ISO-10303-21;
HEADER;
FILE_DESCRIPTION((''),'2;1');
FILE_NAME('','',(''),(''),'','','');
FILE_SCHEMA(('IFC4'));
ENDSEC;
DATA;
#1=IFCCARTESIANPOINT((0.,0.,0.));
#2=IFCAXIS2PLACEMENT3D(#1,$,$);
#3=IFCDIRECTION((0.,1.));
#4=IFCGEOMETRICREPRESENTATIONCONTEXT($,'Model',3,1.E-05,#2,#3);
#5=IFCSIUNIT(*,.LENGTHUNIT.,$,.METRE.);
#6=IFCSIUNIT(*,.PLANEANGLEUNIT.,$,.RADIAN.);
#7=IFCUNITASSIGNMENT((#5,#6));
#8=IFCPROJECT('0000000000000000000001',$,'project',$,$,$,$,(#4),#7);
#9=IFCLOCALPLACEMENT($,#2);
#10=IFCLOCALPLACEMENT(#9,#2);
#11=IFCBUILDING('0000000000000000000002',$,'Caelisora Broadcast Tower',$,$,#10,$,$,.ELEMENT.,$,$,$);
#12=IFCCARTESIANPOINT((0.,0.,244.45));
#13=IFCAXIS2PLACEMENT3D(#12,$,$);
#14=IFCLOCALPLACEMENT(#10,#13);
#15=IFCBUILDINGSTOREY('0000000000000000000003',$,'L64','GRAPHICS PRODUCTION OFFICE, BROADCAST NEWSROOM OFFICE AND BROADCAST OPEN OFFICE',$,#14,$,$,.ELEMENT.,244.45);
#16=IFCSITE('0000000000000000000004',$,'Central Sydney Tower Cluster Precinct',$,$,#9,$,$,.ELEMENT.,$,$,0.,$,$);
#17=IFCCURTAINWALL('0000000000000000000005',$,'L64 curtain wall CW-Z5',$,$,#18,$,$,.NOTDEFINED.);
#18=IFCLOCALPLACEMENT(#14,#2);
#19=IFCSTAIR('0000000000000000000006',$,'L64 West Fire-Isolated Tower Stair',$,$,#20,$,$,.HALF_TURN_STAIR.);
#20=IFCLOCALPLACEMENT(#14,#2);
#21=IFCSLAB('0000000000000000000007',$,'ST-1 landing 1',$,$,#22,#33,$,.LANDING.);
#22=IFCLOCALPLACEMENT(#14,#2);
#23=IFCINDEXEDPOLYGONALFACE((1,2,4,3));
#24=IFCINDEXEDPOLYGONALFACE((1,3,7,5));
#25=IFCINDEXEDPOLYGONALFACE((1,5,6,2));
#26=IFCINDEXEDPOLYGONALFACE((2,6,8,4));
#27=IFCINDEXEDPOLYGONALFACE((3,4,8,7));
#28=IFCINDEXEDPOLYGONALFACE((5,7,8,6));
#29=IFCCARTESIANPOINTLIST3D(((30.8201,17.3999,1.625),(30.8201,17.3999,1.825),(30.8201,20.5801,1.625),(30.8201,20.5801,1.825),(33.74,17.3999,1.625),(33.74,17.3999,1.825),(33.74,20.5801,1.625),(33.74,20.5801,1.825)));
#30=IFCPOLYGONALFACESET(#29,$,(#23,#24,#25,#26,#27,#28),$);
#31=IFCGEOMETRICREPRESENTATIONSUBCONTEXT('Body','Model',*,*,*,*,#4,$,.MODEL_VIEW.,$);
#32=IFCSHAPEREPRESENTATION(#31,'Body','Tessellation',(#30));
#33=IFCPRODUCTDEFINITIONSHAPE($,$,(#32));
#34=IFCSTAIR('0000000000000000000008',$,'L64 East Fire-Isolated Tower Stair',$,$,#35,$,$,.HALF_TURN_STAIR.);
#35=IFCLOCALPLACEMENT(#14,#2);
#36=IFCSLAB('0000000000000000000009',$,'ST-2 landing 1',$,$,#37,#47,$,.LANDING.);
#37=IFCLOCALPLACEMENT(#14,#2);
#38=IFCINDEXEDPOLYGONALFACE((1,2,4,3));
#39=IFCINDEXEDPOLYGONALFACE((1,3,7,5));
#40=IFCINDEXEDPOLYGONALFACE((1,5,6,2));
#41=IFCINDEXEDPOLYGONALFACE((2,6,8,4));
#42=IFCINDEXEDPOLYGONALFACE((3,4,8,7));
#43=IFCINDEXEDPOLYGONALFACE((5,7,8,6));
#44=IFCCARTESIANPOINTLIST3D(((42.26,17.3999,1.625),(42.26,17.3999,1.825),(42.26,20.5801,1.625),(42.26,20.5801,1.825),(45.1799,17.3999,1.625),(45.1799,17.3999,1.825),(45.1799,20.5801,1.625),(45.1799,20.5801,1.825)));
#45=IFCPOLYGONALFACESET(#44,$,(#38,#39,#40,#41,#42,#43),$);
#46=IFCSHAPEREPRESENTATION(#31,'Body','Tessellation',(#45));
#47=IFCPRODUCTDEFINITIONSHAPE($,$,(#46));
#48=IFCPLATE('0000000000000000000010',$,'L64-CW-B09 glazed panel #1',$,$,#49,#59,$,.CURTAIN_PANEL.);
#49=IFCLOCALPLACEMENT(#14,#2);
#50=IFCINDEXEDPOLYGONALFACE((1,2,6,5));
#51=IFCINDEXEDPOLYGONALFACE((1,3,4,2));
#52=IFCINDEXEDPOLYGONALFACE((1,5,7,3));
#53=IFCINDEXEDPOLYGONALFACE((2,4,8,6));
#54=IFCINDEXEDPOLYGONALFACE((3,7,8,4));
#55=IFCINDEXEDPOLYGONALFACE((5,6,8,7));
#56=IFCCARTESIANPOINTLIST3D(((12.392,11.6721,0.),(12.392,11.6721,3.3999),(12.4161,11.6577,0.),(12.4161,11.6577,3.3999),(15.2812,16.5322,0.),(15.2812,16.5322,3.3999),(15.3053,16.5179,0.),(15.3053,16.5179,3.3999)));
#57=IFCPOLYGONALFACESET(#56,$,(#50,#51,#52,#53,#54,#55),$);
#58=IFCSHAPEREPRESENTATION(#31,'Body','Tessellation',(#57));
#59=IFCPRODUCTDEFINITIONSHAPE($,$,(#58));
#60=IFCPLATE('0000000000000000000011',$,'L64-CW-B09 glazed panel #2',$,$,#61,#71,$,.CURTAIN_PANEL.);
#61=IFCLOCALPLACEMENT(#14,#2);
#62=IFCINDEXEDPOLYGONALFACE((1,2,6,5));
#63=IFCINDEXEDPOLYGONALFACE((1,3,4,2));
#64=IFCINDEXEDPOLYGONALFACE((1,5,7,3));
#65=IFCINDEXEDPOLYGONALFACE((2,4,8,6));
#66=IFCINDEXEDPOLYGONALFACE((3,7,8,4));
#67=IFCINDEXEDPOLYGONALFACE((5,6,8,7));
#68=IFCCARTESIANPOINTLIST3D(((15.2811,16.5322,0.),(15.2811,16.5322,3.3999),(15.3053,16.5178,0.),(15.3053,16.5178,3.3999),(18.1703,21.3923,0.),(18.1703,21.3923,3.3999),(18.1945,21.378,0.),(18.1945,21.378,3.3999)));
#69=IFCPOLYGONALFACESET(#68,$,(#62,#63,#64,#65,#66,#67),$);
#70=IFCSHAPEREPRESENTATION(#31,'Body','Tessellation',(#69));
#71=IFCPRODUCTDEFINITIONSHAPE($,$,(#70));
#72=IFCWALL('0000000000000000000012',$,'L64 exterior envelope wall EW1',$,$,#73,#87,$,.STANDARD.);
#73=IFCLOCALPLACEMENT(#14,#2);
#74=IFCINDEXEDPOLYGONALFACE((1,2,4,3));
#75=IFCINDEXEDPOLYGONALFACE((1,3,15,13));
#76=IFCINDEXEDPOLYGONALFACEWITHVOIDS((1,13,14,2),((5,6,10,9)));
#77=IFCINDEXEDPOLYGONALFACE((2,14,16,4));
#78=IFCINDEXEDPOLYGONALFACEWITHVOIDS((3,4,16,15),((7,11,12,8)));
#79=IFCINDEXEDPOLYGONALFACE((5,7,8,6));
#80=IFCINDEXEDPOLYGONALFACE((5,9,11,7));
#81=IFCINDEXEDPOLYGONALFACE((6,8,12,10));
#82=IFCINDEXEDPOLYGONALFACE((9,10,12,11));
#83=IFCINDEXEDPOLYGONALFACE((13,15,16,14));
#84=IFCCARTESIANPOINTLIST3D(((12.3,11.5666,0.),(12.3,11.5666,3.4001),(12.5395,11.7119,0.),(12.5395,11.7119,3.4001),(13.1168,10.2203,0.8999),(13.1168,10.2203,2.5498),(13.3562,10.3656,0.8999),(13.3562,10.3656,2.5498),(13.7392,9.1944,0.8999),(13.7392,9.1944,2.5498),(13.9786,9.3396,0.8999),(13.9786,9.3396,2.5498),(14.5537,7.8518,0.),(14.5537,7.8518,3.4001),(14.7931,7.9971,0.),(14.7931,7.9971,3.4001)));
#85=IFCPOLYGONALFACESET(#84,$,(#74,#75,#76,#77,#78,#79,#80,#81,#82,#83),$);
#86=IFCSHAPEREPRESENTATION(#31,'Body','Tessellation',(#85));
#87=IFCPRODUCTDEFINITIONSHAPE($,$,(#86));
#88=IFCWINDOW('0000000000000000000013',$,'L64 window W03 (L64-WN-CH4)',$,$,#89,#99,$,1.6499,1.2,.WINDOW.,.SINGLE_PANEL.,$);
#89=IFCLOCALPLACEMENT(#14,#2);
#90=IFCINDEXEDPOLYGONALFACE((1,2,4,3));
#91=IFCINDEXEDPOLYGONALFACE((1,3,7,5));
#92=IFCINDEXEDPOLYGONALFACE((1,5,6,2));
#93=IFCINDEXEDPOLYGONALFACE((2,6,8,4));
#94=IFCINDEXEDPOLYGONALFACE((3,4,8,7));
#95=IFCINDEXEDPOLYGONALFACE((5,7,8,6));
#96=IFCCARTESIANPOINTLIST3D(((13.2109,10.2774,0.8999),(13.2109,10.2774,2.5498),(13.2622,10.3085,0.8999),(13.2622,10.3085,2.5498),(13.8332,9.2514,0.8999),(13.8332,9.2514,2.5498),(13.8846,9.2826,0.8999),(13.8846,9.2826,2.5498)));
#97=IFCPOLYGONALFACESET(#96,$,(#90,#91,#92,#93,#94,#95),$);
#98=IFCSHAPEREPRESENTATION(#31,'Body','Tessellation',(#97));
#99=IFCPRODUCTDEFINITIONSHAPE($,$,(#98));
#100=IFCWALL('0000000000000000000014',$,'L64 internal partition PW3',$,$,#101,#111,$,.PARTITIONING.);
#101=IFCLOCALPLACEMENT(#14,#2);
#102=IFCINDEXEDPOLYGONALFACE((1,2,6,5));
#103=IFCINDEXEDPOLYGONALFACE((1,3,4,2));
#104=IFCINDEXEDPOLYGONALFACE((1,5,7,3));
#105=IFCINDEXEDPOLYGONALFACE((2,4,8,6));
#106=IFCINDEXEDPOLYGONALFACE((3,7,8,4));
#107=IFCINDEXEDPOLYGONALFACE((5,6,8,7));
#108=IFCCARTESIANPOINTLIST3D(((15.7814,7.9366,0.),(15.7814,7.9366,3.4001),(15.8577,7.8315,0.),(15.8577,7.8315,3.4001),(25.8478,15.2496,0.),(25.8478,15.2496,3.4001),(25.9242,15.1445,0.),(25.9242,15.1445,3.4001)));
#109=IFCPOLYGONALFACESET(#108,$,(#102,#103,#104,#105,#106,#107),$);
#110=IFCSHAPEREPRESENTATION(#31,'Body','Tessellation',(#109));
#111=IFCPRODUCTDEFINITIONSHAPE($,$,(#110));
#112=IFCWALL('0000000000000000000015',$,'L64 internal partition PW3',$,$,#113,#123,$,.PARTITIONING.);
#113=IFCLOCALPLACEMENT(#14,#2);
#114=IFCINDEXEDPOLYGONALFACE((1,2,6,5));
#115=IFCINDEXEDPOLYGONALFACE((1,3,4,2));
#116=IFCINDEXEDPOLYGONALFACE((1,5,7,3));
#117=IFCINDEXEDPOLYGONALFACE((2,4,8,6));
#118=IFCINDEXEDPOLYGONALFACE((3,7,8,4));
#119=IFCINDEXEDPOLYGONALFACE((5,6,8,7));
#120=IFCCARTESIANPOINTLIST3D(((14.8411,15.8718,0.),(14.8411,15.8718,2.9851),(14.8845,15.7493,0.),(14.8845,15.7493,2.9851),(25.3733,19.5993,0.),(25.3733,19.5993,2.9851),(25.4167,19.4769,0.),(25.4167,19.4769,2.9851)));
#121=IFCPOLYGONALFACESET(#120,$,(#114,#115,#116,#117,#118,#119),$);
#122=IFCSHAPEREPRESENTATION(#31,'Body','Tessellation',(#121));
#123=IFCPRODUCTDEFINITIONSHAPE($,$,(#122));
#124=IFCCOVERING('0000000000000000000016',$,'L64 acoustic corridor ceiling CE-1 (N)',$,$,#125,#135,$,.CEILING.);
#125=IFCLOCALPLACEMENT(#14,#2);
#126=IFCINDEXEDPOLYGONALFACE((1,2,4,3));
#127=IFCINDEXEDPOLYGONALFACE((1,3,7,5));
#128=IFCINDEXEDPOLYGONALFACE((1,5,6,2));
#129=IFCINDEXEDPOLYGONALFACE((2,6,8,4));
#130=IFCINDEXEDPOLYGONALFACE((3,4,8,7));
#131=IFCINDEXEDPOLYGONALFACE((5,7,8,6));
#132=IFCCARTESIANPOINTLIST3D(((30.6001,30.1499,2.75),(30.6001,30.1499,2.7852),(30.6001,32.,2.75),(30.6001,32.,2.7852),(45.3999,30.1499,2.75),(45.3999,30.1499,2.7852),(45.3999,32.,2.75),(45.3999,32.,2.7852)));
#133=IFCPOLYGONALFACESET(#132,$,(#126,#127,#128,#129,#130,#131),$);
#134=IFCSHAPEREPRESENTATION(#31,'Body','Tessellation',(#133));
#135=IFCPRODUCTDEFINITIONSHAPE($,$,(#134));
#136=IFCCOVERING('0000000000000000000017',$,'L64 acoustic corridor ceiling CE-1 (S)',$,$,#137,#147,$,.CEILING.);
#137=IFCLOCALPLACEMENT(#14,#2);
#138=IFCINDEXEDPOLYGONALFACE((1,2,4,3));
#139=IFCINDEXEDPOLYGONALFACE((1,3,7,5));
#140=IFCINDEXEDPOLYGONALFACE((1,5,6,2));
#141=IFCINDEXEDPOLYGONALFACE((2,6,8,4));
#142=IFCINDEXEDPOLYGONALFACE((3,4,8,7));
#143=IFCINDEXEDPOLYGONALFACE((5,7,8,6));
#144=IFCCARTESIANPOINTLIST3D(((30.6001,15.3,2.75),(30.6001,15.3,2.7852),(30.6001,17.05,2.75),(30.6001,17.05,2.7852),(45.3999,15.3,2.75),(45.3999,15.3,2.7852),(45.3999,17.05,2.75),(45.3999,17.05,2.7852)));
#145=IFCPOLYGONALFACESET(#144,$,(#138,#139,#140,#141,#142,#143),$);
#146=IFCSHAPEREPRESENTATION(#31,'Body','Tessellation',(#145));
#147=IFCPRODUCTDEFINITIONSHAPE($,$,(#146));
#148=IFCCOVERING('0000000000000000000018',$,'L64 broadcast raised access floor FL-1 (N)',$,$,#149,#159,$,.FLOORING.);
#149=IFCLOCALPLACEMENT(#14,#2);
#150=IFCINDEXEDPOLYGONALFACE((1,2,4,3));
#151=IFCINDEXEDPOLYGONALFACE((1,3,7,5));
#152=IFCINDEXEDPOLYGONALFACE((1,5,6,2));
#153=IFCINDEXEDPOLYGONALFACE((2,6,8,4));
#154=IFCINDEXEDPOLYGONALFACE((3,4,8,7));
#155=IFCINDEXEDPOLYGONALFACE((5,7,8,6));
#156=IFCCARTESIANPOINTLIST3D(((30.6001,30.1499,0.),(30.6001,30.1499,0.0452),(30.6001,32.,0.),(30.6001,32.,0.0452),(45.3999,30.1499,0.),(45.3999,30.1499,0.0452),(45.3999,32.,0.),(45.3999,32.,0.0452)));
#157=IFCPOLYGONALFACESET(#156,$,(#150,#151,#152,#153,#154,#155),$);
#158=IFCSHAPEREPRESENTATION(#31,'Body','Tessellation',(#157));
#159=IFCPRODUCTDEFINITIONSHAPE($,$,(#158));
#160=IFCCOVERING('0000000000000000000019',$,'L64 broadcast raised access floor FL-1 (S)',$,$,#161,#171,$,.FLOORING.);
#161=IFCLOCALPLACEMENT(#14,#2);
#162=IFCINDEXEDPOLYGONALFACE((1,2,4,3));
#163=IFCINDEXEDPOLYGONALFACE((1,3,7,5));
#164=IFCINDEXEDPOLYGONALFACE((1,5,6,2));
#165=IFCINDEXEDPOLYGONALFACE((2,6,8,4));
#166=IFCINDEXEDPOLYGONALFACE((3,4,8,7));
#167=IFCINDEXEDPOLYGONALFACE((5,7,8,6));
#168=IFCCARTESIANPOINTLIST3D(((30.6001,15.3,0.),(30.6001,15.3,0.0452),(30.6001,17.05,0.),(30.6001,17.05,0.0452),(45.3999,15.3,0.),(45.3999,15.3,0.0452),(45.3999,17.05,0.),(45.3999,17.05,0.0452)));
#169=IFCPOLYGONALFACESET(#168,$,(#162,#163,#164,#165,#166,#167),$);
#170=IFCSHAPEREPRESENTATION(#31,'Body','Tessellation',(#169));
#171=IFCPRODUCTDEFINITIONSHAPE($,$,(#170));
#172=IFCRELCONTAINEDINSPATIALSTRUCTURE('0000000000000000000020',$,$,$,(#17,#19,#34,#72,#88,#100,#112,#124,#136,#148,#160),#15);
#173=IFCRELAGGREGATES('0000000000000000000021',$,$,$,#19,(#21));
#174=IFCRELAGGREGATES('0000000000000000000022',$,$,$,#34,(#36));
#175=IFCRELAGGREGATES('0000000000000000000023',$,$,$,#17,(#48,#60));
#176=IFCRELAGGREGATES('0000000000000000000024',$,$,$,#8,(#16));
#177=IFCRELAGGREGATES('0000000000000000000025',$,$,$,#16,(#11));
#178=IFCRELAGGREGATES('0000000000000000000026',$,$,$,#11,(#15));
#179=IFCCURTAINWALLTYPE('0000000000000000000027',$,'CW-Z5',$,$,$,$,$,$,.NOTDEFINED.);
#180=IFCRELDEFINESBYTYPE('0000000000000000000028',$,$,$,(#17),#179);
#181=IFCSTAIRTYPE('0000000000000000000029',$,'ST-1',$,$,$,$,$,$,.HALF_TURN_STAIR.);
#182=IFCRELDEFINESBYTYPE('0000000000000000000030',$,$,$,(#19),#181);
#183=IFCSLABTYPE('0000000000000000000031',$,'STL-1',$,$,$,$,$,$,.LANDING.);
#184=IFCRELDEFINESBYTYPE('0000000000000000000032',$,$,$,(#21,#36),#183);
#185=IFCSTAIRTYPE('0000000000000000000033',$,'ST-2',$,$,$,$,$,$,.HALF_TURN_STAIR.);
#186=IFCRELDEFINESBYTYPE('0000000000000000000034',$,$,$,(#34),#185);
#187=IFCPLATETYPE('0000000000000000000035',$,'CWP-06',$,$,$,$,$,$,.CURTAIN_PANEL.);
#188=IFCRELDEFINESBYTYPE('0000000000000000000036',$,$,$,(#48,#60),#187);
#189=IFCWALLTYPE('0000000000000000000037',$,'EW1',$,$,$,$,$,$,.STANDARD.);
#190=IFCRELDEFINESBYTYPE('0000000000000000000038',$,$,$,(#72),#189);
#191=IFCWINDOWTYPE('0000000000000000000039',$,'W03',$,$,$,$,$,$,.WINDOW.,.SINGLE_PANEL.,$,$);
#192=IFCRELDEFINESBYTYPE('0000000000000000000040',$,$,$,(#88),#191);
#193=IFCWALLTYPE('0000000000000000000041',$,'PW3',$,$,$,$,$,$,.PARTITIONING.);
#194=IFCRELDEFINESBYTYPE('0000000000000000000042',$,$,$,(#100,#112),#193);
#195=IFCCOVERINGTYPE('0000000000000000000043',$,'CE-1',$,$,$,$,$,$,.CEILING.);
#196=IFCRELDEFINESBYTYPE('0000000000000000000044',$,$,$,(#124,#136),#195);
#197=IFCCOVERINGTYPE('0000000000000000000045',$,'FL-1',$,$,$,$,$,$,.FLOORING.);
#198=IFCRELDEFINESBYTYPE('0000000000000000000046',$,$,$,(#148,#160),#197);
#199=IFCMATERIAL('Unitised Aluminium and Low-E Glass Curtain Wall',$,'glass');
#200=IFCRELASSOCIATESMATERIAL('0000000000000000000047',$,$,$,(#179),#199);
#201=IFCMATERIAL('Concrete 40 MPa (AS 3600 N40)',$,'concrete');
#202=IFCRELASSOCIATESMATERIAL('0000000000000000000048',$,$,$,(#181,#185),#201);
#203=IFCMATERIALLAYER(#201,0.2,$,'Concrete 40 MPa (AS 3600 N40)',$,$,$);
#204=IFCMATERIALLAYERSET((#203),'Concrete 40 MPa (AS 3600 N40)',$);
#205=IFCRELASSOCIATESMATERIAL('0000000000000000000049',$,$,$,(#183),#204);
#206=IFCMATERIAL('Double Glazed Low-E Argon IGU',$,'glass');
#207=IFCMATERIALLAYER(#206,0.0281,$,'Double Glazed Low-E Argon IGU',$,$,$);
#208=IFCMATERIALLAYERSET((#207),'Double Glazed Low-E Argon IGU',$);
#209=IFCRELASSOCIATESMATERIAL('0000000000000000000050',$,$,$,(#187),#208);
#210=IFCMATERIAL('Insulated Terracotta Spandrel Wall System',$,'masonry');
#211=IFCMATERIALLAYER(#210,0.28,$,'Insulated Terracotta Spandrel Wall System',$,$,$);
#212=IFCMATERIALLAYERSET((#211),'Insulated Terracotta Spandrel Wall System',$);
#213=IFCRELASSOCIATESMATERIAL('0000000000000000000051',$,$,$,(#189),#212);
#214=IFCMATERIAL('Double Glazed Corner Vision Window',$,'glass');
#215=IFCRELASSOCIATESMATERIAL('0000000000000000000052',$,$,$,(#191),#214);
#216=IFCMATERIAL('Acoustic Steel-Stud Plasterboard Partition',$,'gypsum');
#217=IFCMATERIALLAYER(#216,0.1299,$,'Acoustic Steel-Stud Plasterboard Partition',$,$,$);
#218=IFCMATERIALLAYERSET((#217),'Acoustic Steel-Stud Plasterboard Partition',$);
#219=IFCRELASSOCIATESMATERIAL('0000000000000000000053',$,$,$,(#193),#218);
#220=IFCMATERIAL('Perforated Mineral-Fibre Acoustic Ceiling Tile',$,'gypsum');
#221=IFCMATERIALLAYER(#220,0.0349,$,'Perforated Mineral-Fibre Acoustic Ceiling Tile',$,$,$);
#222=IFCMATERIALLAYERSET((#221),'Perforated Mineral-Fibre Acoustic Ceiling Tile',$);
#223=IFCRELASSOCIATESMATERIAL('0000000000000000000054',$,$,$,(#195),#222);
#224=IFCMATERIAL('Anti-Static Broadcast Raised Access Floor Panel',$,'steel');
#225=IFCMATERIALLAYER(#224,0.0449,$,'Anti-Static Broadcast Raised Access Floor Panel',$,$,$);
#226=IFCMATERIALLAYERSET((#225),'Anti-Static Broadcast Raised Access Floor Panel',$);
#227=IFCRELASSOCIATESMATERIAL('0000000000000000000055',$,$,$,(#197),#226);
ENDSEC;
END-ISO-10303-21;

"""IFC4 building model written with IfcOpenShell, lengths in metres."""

from ifc_helpers import new_model, si_unit, direction, frame, frame_2d, origin, origin_2d, place, context, subcontext, project, spatial, polyline, rectangle, outline, extrude, source, transform, mapped, material, layer, layer_set, type_object, type_shapes, element, fill, aggregate, save


model = new_model("IFC4")

# Units and contexts
model_context = context("Model", 3, precision=1e-05, world=origin(), true_north=direction((0.0, 1.0)))
body_context = subcontext(model_context, "Body", "Model", "MODEL_VIEW")
ifc_project = project(units=[si_unit("LENGTHUNIT", "METRE"), si_unit("PLANEANGLEUNIT", "RADIAN")], contexts=[model_context])

# Site, building, storey
site_placement = place(None, origin())
site = spatial("IfcSite", under=ifc_project, at=site_placement, Name="Central Sydney Tower Cluster Precinct", CompositionType="ELEMENT", RefElevation=0.0)
building_placement = place(site_placement, origin())
building = spatial("IfcBuilding", under=site, at=building_placement, Name="Caelisora Broadcast Tower", CompositionType="ELEMENT")
storey_placement = place(building_placement, frame((0.0, 0.0, 244.45)))
storey = spatial("IfcBuildingStorey", under=building, at=storey_placement, Name="L64", Description="GRAPHICS PRODUCTION OFFICE, BROADCAST NEWSROOM OFFICE AND BROADCAST OPEN OFFICE", CompositionType="ELEMENT", Elevation=244.45)

# Shared definitions
ifc_material_1 = material(Name="Unitised Aluminium and Low-E Glass Curtain Wall", Category="glass")
curtain_wall_type = type_object("IfcCurtainWallType", Name="CW-Z5", PredefinedType="NOTDEFINED", material=ifc_material_1)

# Curtain wall
curtain_wall_1_placement = place(storey_placement, origin())
curtain_wall_1 = element("IfcCurtainWall", 1, at=curtain_wall_1_placement, inside=storey, type_object=curtain_wall_type, Name="L64 curtain wall CW-Z5", PredefinedType="NOTDEFINED")

# Shared definitions
ifc_material_2 = material(Name="Concrete 40 MPa (AS 3600 N40)", Category="concrete")

# Stairs, slabs
stair_type_1 = type_object("IfcStairType", Name="ST-1", PredefinedType="HALF_TURN_STAIR", material=ifc_material_2)
stair_1_placement = place(storey_placement, origin())
stair_1 = element("IfcStair", 2, at=stair_1_placement, inside=storey, type_object=stair_type_1, Name="L64 West Fire-Isolated Tower Stair", PredefinedType="HALF_TURN_STAIR")
ifc_layer_1 = layer(ifc_material_2, 0.2, Name="Concrete 40 MPa (AS 3600 N40)")
ifc_layer_set_1 = layer_set([ifc_layer_1], Name="Concrete 40 MPa (AS 3600 N40)")
slab_type_1 = type_object("IfcSlabType", Name="STL-1", PredefinedType="LANDING", material=ifc_layer_set_1)
slab_1_placement = place(storey_placement, frame((0.0, 0.0, 1.625)))
slab_1 = element("IfcSlab", 3, at=slab_1_placement, type_object=slab_type_1, Name="ST-1 landing 1", PredefinedType="LANDING", context=body_context, shape_type="SweptSolid", body=[
    extrude(outline(polyline([(30.8201, 20.5801), (30.8201, 17.3999), (33.74, 17.3999), (33.74, 20.5801), (30.8201, 20.5801)])), origin(), (0.0, 0.0, 1.0), 0.2),
])
aggregate(stair_1, [slab_1])
stair_type_2 = type_object("IfcStairType", Name="ST-2", PredefinedType="HALF_TURN_STAIR", material=ifc_material_2)
stair_2_placement = place(storey_placement, origin())
stair_2 = element("IfcStair", 4, at=stair_2_placement, inside=storey, type_object=stair_type_2, Name="L64 East Fire-Isolated Tower Stair", PredefinedType="HALF_TURN_STAIR")
slab_2_placement = place(storey_placement, frame((0.0, 0.0, 1.625)))
slab_2 = element("IfcSlab", 5, at=slab_2_placement, type_object=slab_type_1, Name="ST-2 landing 1", PredefinedType="LANDING", context=body_context, shape_type="SweptSolid", body=[
    extrude(outline(polyline([(42.26, 20.5801), (42.26, 17.3999), (45.1799, 17.3999), (45.1799, 20.5801), (42.26, 20.5801)])), origin(), (0.0, 0.0, 1.0), 0.2),
])
aggregate(stair_2, [slab_2])

# Plates
ifc_material_3 = material(Name="Double Glazed Low-E Argon IGU", Category="glass")
ifc_layer_2 = layer(ifc_material_3, 0.0281, Name="Double Glazed Low-E Argon IGU")
ifc_layer_set_2 = layer_set([ifc_layer_2], Name="Double Glazed Low-E Argon IGU")
plate_type = type_object("IfcPlateType", Name="CWP-06", PredefinedType="CURTAIN_PANEL", material=ifc_layer_set_2)
shared_shape_1 = source(origin(), body_context, "Body", "SweptSolid", [
    extrude(rectangle(XDim=5.6541, YDim=0.0281, at=origin_2d()), origin(), (0.0, 0.0, 1.0), 3.3999),
])
type_shapes(plate_type, [shared_shape_1])
plate_1_placement = place(storey_placement, frame((13.8486, 14.095, 0.0), z_axis=(0.0, 0.0, 1.0), x_axis=(0.510993, 0.859585, 0.0)))
plate_1 = element("IfcPlate", 6, at=plate_1_placement, type_object=plate_type, Name="L64-CW-B09 glazed panel #1", PredefinedType="CURTAIN_PANEL", context=body_context, shape_type="MappedRepresentation", body=[
    mapped(shared_shape_1, transform((0.0, 0.0, 0.0), scale=1.0)),
])
plate_2_placement = place(storey_placement, frame((16.7378, 18.9551, 0.0), z_axis=(0.0, 0.0, 1.0), x_axis=(0.510993, 0.859585, 0.0)))
plate_2 = element("IfcPlate", 7, at=plate_2_placement, type_object=plate_type, Name="L64-CW-B09 glazed panel #2", PredefinedType="CURTAIN_PANEL", context=body_context, shape_type="MappedRepresentation", body=[
    mapped(shared_shape_1, transform((0.0, 0.0, 0.0), scale=1.0)),
])
aggregate(curtain_wall_1, [plate_1, plate_2])

# Wall, opening, window
ifc_material_4 = material(Name="Insulated Terracotta Spandrel Wall System", Category="masonry")
ifc_layer_3 = layer(ifc_material_4, 0.28, Name="Insulated Terracotta Spandrel Wall System")
ifc_layer_set_3 = layer_set([ifc_layer_3], Name="Insulated Terracotta Spandrel Wall System")
wall_type_1 = type_object("IfcWallType", Name="EW1", PredefinedType="STANDARD", material=ifc_layer_set_3)
wall_1_placement = place(storey_placement, frame((14.6733, 7.9246, 0.0), z_axis=(0.0, 0.0, 1.0), x_axis=(-0.518679, 0.854969, 0.0)))
wall_1 = element("IfcWall", 8, at=wall_1_placement, inside=storey, type_object=wall_type_1, Name="L64 exterior envelope wall EW1", PredefinedType="STANDARD", context=body_context, shape_type="SweptSolid", body=[
    extrude(rectangle(XDim=4.345, YDim=0.28, at=frame_2d((2.1724, 0.0))), origin(), (0.0, 0.0, 1.0), 3.4001),
])
opening_placement = place(wall_1_placement, frame((1.5701, 0.0, 0.8999)))
opening = element("IfcOpeningElement", 9, at=opening_placement, cuts=wall_1, PredefinedType="OPENING", context=body_context, shape_type="SweptSolid", body=[
    extrude(rectangle(XDim=1.2, YDim=1.6499, at=frame_2d((0.6001, 0.825))), frame((0.0, 0.1521, 0.0), z_axis=(0.0, -1.0, 0.0), x_axis=(1.0, 0.0, 0.0)), (0.0, 0.0, 1.0), 0.304),
])
ifc_material_5 = material(Name="Double Glazed Corner Vision Window", Category="glass")
window_type = type_object("IfcWindowType", Name="W03", PartitioningType="SINGLE_PANEL", PredefinedType="WINDOW", material=ifc_material_5)
window_placement = place(opening_placement, origin())
window = element("IfcWindow", 10, at=window_placement, inside=storey, type_object=window_type, Name="L64 window W03 (L64-WN-CH4)", OverallHeight=1.6499, OverallWidth=1.2, PartitioningType="SINGLE_PANEL", PredefinedType="WINDOW", context=body_context, shape_type="SweptSolid", body=[
    extrude(rectangle(XDim=1.2, YDim=1.6499, at=frame_2d((0.6001, 0.825))), frame((0.0, 0.03, 0.0), z_axis=(0.0, -1.0, 0.0), x_axis=(1.0, 0.0, 0.0)), (0.0, 0.0, 1.0), 0.0601),
])
fill(opening, window)

# Walls
ifc_material_6 = material(Name="Acoustic Steel-Stud Plasterboard Partition", Category="gypsum")
ifc_layer_4 = layer(ifc_material_6, 0.1299, Name="Acoustic Steel-Stud Plasterboard Partition")
ifc_layer_set_4 = layer_set([ifc_layer_4], Name="Acoustic Steel-Stud Plasterboard Partition")
wall_type_2 = type_object("IfcWallType", Name="PW3", PredefinedType="PARTITIONING", material=ifc_layer_set_4)
wall_2_placement = place(storey_placement, frame((15.8196, 7.884, 0.0), z_axis=(0.0, 0.0, 1.0), x_axis=(0.809043, 0.587749, 0.0)))
element("IfcWall", 11, at=wall_2_placement, inside=storey, type_object=wall_type_2, Name="L64 internal partition PW3", PredefinedType="PARTITIONING", context=body_context, shape_type="SweptSolid", body=[
    extrude(rectangle(XDim=12.4424, YDim=0.1299, at=frame_2d((6.2212, 0.0))), origin(), (0.0, 0.0, 1.0), 3.4001),
])
wall_3_placement = place(storey_placement, frame((14.8628, 15.8105, 0.0), z_axis=(0.0, 0.0, 1.0), x_axis=(0.942701, 0.333638, 0.0)))
element("IfcWall", 12, at=wall_3_placement, inside=storey, type_object=wall_type_2, Name="L64 internal partition PW3", PredefinedType="PARTITIONING", context=body_context, shape_type="SweptSolid", body=[
    extrude(rectangle(XDim=11.1724, YDim=0.1299, at=frame_2d((5.5862, 0.0))), origin(), (0.0, 0.0, 1.0), 2.9851),
])

# Coverings
ifc_material_7 = material(Name="Perforated Mineral-Fibre Acoustic Ceiling Tile", Category="gypsum")
ifc_layer_5 = layer(ifc_material_7, 0.0349, Name="Perforated Mineral-Fibre Acoustic Ceiling Tile")
ifc_layer_set_5 = layer_set([ifc_layer_5], Name="Perforated Mineral-Fibre Acoustic Ceiling Tile")
covering_type_1 = type_object("IfcCoveringType", Name="CE-1", PredefinedType="CEILING", material=ifc_layer_set_5)
covering_1_placement = place(storey_placement, frame((0.0, 0.0, 2.75)))
element("IfcCovering", 13, at=covering_1_placement, inside=storey, type_object=covering_type_1, Name="L64 acoustic corridor ceiling CE-1 (N)", PredefinedType="CEILING", context=body_context, shape_type="SweptSolid", body=[
    extrude(outline(polyline([(30.6001, 30.1499), (45.3999, 30.1499), (45.3999, 32.0), (30.6001, 32.0), (30.6001, 30.1499)])), origin(), (0.0, 0.0, 1.0), 0.0352),
])
covering_2_placement = place(storey_placement, frame((0.0, 0.0, 2.75)))
element("IfcCovering", 14, at=covering_2_placement, inside=storey, type_object=covering_type_1, Name="L64 acoustic corridor ceiling CE-1 (S)", PredefinedType="CEILING", context=body_context, shape_type="SweptSolid", body=[
    extrude(outline(polyline([(30.6001, 15.3), (45.3999, 15.3), (45.3999, 17.05), (30.6001, 17.05), (30.6001, 15.3)])), origin(), (0.0, 0.0, 1.0), 0.0352),
])
ifc_material_8 = material(Name="Anti-Static Broadcast Raised Access Floor Panel", Category="steel")
ifc_layer_6 = layer(ifc_material_8, 0.0449, Name="Anti-Static Broadcast Raised Access Floor Panel")
ifc_layer_set_6 = layer_set([ifc_layer_6], Name="Anti-Static Broadcast Raised Access Floor Panel")
covering_type_2 = type_object("IfcCoveringType", Name="FL-1", PredefinedType="FLOORING", material=ifc_layer_set_6)
covering_3_placement = place(storey_placement, origin())
element("IfcCovering", 15, at=covering_3_placement, inside=storey, type_object=covering_type_2, Name="L64 broadcast raised access floor FL-1 (N)", PredefinedType="FLOORING", context=body_context, shape_type="SweptSolid", body=[
    extrude(outline(polyline([(30.6001, 30.1499), (45.3999, 30.1499), (45.3999, 32.0), (30.6001, 32.0), (30.6001, 30.1499)])), origin(), (0.0, 0.0, 1.0), 0.0452),
])
covering_4_placement = place(storey_placement, origin())
element("IfcCovering", 16, at=covering_4_placement, inside=storey, type_object=covering_type_2, Name="L64 broadcast raised access floor FL-1 (S)", PredefinedType="FLOORING", context=body_context, shape_type="SweptSolid", body=[
    extrude(outline(polyline([(30.6001, 15.3), (45.3999, 15.3), (45.3999, 17.05), (30.6001, 17.05), (30.6001, 15.3)])), origin(), (0.0, 0.0, 1.0), 0.0452),
])

save(model, "model.ifc")
